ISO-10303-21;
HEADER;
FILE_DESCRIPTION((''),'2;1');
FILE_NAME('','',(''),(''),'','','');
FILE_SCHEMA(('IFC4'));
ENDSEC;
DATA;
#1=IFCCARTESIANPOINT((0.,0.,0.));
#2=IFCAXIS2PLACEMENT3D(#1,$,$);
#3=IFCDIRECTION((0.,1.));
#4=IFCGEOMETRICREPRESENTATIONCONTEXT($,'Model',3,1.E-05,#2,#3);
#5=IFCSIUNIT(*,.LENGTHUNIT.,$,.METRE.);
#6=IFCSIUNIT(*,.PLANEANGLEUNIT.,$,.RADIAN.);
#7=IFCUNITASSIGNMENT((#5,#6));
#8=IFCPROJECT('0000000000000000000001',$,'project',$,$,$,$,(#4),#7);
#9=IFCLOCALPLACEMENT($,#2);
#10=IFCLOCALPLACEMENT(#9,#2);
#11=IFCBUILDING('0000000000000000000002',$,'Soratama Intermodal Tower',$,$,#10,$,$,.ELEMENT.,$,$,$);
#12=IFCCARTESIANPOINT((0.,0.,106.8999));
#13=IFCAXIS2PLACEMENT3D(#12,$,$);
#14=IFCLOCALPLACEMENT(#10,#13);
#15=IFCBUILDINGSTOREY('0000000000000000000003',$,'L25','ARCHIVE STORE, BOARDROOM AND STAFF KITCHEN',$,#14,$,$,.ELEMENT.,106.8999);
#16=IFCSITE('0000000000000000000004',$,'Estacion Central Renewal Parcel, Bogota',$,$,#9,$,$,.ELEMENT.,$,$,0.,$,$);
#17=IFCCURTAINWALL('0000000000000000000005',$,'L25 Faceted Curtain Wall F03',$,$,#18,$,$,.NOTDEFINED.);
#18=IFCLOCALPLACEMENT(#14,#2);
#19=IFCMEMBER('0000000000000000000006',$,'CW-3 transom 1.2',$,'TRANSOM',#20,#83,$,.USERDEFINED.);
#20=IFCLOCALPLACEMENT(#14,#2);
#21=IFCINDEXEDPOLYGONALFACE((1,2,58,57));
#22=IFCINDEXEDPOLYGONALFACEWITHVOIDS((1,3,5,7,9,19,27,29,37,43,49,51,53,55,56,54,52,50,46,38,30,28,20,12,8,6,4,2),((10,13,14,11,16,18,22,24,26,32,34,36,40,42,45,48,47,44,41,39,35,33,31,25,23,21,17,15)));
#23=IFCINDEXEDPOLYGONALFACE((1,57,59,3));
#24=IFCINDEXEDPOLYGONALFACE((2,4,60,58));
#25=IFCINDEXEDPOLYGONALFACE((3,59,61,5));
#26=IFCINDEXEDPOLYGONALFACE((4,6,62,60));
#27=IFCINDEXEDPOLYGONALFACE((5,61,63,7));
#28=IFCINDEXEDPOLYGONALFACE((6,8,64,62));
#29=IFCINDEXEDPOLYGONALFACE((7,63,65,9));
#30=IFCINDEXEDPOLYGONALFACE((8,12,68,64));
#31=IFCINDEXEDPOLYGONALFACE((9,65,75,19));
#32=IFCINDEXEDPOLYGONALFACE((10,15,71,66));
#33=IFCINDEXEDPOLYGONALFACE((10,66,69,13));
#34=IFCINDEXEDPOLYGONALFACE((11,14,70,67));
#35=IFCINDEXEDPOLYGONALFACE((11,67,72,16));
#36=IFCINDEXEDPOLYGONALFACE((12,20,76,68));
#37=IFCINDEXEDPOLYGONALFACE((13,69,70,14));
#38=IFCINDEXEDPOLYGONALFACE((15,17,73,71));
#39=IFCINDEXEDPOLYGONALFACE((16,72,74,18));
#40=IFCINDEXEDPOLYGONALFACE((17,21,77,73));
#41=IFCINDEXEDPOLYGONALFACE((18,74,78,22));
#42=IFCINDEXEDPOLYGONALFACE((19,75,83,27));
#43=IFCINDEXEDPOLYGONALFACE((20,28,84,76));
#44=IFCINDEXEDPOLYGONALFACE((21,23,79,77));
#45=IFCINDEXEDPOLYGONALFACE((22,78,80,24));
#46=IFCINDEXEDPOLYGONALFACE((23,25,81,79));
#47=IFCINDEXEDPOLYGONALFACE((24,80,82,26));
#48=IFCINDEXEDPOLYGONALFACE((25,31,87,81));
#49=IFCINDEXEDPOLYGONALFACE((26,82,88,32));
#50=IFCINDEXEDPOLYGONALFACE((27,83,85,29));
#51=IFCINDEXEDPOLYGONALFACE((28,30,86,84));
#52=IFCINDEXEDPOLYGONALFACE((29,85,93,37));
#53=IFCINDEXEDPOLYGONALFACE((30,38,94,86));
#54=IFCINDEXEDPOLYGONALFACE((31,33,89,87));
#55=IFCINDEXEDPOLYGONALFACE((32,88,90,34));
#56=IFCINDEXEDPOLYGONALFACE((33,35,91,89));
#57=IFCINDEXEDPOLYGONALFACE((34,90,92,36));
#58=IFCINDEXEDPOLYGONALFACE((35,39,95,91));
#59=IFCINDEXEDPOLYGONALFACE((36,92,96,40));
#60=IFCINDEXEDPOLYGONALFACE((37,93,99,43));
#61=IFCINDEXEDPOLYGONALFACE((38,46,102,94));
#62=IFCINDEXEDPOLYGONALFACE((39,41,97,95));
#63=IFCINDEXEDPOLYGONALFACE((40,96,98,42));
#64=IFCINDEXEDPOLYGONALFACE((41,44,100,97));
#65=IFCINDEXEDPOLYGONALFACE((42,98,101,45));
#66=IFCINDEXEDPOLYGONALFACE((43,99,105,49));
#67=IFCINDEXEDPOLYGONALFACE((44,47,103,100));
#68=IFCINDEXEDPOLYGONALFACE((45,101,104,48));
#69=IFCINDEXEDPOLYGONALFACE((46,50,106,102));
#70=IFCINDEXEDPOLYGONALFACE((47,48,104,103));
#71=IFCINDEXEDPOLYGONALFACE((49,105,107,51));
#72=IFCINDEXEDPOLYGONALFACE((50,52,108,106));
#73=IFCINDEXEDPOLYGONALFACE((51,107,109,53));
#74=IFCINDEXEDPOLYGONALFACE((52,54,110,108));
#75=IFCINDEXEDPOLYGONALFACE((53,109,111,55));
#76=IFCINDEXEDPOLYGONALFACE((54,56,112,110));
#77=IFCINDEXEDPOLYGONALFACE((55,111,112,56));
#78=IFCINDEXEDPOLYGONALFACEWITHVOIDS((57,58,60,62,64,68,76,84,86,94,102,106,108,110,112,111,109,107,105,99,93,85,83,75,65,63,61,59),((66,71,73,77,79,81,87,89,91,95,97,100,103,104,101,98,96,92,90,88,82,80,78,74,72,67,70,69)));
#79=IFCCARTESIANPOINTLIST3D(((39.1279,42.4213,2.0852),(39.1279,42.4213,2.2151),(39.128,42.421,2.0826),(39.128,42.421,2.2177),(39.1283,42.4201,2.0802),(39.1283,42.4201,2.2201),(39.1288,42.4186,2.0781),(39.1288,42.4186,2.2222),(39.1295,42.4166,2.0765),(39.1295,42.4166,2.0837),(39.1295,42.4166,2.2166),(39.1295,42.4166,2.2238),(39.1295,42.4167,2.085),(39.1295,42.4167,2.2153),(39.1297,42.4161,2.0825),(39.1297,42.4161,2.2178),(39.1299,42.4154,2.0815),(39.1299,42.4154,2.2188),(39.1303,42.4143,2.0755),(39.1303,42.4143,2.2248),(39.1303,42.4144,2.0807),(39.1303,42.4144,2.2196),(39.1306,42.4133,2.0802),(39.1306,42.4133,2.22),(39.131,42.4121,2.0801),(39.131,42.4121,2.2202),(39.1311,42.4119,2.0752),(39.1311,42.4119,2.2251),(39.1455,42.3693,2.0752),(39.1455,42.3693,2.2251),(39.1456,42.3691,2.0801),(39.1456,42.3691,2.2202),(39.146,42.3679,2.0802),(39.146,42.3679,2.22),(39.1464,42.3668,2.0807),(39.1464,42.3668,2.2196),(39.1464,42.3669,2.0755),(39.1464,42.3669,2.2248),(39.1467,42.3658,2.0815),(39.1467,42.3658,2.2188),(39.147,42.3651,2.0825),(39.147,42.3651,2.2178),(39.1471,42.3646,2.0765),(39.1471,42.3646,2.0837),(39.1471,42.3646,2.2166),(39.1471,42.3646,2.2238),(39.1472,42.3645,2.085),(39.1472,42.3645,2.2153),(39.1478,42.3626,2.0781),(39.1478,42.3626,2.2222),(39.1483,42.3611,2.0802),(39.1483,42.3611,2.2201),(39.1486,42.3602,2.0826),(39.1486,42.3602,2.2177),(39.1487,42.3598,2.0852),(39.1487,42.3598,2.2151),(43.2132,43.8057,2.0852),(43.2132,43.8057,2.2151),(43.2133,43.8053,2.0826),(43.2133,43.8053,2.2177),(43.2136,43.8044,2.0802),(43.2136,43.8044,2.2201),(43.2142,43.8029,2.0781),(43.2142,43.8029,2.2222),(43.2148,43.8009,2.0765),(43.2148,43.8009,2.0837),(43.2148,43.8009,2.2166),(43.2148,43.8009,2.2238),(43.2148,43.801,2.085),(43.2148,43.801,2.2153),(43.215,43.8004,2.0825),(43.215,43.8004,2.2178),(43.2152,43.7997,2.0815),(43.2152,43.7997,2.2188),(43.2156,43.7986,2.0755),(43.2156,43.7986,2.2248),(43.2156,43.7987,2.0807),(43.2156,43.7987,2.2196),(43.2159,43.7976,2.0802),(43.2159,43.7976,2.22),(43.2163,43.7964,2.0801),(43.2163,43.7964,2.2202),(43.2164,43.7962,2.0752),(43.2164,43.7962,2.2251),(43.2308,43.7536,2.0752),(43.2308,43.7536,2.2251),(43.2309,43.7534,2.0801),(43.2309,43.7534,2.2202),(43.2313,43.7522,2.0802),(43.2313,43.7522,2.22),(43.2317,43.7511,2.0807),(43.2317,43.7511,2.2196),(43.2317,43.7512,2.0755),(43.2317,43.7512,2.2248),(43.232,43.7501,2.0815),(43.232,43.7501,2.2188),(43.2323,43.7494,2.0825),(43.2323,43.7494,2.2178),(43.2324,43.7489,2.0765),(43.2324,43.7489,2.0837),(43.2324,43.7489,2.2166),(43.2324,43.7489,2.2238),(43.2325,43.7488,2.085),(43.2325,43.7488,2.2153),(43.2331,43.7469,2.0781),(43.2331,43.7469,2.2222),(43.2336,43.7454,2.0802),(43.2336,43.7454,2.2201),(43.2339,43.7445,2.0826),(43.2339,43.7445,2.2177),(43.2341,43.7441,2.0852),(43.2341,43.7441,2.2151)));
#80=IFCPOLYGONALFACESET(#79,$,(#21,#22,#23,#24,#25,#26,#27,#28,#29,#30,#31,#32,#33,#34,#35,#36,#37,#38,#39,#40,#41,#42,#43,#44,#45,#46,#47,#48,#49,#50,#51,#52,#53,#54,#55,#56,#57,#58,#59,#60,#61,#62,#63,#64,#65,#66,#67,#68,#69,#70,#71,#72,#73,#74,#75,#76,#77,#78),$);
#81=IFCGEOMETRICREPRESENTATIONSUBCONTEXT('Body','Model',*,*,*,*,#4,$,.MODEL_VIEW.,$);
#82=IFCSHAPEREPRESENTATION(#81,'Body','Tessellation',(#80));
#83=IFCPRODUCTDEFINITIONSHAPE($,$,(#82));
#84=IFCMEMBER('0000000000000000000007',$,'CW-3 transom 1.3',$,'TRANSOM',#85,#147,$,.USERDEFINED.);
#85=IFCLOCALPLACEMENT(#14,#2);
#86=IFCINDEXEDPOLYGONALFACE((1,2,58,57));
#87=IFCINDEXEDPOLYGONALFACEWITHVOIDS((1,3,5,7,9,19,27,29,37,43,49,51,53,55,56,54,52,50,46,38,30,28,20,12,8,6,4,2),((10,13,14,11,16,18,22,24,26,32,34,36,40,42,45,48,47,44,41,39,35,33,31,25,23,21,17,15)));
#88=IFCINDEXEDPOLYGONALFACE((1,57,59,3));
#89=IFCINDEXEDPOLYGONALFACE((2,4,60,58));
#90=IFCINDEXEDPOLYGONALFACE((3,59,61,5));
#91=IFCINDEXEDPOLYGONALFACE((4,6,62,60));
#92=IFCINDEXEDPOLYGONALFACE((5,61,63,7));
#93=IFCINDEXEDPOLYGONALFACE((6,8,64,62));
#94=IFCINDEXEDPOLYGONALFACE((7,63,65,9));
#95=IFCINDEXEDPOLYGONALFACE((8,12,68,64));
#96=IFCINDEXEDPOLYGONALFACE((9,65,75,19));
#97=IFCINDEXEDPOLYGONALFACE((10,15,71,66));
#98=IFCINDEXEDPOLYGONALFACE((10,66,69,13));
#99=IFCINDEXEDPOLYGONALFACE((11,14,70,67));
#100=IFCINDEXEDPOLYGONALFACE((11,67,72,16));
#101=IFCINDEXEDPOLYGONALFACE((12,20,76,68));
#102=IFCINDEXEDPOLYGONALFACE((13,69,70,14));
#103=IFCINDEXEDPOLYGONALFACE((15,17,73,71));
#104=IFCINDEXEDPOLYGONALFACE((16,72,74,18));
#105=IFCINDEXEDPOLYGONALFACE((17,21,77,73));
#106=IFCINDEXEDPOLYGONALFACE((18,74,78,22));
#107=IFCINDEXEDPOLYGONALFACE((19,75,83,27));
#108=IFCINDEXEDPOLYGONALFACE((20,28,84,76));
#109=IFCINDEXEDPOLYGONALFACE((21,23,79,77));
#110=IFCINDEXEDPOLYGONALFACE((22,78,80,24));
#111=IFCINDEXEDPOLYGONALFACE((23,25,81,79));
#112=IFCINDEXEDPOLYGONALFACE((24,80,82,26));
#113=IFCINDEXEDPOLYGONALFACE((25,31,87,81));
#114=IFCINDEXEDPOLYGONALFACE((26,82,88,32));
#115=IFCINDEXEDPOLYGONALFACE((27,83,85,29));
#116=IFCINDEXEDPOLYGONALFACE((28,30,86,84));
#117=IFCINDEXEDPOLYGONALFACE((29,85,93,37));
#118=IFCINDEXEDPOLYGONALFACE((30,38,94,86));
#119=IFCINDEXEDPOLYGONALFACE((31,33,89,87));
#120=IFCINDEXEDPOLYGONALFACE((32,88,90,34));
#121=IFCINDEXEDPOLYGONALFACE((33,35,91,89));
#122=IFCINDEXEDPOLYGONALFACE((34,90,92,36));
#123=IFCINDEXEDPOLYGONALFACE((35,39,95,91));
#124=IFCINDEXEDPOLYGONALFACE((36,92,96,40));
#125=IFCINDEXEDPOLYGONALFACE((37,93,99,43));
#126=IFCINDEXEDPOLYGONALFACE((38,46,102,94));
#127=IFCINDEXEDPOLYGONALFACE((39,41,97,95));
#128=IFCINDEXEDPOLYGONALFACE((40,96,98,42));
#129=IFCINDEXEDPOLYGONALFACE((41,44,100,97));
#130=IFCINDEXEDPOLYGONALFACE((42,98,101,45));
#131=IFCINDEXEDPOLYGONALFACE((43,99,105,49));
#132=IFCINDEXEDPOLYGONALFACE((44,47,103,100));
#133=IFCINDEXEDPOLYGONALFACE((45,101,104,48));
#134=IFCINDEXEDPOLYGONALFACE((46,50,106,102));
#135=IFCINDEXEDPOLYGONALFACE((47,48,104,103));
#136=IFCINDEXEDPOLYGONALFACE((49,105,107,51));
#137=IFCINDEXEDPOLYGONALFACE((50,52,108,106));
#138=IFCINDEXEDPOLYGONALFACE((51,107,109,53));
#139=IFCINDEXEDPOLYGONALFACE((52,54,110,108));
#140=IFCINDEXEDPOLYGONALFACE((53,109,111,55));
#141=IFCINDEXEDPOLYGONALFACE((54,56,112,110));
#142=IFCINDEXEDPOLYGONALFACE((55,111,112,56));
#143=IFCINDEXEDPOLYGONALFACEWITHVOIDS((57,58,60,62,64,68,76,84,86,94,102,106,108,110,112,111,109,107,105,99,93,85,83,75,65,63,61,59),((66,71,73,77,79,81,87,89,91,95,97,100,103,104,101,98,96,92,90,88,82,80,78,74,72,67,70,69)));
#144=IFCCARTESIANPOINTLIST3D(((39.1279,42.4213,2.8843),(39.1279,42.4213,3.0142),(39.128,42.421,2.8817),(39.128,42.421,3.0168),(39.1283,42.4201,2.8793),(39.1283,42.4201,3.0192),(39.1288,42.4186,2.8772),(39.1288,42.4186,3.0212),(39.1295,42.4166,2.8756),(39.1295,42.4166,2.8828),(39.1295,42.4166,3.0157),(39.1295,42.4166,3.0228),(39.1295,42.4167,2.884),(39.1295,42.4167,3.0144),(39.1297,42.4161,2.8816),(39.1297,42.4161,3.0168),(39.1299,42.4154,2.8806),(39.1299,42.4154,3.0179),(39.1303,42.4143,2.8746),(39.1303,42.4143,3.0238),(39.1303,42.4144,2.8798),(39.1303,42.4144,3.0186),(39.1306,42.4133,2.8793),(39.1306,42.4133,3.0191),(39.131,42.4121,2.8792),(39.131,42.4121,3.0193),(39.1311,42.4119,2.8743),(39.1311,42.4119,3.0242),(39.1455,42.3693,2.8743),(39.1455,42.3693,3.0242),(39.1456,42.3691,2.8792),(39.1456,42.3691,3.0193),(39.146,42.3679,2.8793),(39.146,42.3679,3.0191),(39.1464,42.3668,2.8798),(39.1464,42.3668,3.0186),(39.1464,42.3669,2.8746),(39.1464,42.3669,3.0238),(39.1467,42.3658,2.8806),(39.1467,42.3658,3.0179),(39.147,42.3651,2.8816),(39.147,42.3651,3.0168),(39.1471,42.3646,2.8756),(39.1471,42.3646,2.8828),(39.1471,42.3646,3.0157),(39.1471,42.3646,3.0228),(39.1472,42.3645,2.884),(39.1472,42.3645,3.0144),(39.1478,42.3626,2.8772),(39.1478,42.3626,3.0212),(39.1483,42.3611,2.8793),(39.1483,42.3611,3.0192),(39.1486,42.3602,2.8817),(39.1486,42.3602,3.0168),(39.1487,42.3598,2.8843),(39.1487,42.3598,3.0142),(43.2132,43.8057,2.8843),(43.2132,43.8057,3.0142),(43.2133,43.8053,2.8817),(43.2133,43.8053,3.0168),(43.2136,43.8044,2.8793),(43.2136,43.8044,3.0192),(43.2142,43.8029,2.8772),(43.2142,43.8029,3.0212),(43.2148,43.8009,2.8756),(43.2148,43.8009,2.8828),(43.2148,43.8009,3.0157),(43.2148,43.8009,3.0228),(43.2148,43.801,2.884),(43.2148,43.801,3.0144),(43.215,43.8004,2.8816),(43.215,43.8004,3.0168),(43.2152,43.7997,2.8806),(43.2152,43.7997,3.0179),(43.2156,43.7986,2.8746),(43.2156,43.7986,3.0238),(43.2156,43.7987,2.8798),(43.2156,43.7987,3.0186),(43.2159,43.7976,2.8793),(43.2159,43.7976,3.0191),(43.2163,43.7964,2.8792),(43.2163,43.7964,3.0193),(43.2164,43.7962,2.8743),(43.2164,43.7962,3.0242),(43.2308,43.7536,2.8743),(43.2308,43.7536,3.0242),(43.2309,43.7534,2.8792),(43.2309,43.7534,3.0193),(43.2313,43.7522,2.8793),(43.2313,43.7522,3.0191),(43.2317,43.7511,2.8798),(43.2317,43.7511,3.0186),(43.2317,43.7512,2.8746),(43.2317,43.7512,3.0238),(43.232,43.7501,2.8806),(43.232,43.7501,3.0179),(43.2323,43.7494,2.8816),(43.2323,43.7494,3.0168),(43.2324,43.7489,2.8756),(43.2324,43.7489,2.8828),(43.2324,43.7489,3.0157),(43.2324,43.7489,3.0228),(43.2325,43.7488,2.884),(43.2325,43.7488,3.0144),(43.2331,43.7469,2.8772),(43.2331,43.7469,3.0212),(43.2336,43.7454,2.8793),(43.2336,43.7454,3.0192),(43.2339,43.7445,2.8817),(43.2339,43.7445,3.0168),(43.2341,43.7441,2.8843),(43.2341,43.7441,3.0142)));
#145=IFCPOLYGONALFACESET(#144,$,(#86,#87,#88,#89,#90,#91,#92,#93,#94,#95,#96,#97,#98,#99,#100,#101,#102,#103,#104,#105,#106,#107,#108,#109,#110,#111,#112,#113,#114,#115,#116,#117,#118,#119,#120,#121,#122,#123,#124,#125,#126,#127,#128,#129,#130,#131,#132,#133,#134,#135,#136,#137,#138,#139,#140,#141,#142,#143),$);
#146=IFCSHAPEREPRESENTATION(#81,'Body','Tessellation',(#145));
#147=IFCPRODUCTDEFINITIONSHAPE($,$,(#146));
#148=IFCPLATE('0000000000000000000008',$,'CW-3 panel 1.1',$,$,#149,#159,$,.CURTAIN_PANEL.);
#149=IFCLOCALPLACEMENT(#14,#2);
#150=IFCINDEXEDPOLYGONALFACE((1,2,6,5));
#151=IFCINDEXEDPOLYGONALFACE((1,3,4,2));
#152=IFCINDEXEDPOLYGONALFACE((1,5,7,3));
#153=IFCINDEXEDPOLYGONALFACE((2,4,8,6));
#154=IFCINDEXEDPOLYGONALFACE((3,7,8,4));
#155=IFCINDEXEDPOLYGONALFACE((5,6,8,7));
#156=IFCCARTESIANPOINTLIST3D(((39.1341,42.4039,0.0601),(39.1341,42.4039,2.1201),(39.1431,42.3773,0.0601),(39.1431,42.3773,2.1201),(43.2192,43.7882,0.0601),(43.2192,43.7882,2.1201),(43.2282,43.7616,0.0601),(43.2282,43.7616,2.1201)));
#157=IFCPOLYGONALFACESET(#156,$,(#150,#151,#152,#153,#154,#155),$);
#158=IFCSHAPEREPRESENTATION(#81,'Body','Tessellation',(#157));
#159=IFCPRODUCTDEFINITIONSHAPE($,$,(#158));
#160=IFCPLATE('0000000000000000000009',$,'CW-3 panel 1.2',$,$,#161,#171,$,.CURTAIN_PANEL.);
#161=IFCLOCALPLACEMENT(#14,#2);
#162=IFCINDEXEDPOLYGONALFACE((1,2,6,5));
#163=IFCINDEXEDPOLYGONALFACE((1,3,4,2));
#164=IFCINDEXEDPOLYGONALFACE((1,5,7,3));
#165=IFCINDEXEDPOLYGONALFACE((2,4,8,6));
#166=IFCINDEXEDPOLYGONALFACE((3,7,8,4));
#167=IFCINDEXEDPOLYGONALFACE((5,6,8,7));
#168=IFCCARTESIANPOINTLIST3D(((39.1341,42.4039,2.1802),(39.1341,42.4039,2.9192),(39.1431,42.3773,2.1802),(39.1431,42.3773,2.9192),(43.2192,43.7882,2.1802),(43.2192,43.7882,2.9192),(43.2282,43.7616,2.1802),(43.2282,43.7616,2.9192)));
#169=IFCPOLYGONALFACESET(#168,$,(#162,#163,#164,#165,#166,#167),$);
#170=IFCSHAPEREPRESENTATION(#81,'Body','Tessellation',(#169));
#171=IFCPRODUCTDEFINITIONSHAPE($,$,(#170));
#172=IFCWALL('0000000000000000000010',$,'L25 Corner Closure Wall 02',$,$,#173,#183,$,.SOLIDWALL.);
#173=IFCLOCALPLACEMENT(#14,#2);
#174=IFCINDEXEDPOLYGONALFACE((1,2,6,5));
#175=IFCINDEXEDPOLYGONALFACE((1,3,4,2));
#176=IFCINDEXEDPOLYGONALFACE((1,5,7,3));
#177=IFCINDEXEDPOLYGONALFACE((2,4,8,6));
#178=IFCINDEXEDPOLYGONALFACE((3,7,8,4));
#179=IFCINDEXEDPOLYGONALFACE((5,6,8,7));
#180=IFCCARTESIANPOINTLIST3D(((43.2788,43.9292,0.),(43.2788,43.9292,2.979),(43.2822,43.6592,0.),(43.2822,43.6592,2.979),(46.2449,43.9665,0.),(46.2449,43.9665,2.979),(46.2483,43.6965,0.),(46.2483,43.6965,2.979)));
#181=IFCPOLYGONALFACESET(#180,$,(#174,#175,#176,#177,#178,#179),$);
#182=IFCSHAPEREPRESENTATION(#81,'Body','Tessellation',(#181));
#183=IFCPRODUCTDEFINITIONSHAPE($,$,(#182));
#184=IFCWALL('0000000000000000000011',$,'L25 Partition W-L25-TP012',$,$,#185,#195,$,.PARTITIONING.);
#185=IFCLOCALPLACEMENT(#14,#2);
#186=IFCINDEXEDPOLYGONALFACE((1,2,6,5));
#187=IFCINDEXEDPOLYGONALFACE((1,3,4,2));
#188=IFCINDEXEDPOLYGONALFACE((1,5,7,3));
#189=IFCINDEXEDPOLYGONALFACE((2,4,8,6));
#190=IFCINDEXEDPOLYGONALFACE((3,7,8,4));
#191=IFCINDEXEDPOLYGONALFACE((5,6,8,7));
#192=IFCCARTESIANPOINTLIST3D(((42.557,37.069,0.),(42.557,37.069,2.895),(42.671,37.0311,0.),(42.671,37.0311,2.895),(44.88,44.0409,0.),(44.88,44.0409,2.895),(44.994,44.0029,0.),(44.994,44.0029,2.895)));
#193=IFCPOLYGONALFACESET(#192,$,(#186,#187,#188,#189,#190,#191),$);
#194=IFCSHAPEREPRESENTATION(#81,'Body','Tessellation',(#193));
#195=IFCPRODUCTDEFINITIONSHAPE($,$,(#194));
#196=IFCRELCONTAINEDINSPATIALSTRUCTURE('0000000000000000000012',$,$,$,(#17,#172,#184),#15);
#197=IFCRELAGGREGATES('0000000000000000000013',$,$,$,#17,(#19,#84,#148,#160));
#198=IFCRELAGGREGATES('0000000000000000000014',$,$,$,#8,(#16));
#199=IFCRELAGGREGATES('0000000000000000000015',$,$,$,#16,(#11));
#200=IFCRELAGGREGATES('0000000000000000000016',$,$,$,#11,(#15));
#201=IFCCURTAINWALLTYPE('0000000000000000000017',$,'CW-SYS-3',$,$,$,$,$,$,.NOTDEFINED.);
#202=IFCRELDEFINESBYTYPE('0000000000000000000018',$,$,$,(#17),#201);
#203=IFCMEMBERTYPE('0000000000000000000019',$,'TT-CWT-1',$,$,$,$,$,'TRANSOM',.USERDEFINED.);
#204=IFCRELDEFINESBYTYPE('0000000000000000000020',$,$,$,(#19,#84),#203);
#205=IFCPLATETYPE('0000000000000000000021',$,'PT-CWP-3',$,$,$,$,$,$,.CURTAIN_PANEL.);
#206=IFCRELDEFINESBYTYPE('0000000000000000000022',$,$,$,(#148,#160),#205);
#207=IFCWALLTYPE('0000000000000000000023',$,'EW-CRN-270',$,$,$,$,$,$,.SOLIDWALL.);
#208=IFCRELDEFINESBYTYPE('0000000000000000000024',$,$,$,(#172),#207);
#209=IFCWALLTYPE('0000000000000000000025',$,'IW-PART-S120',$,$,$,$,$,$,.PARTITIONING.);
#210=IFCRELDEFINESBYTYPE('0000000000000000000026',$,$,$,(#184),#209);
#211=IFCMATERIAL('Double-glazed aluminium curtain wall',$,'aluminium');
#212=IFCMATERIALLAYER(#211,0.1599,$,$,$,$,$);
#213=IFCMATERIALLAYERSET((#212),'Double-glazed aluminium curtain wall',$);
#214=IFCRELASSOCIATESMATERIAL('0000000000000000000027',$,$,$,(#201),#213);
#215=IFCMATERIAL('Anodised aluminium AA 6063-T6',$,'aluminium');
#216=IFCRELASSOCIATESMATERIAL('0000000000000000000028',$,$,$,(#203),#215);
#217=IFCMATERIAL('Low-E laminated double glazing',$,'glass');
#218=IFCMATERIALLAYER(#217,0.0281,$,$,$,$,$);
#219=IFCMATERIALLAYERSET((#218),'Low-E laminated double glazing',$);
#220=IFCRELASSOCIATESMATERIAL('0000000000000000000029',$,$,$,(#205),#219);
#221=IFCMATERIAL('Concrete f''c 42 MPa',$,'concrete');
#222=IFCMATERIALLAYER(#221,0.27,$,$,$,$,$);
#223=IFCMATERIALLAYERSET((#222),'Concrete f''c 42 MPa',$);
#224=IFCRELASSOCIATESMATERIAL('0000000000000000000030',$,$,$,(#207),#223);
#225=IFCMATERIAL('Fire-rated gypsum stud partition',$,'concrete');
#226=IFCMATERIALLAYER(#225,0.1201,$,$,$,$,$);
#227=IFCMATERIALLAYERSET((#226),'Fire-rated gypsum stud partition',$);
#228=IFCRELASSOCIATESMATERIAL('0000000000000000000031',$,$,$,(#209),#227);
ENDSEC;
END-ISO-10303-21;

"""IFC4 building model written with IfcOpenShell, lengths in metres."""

from ifc_helpers import new_model, si_unit, direction, frame, frame_2d, origin, origin_2d, place, context, subcontext, project, spatial, rectangle, hollow_rectangle, extrude, material, layer, layer_set, material_profile, profile_set, type_object, element, aggregate, save


model = new_model("IFC4")

# Units and contexts
model_context = context("Model", 3, precision=1e-05, world=origin(), true_north=direction((0.0, 1.0)))
body_context = subcontext(model_context, "Body", "Model", "MODEL_VIEW")
ifc_project = project(units=[si_unit("LENGTHUNIT", "METRE"), si_unit("PLANEANGLEUNIT", "RADIAN")], contexts=[model_context])

# Site, building, storey
site_placement = place(None, origin())
site = spatial("IfcSite", under=ifc_project, at=site_placement, Name="Estacion Central Renewal Parcel, Bogota", CompositionType="ELEMENT", RefElevation=0.0)
building_placement = place(site_placement, origin())
building = spatial("IfcBuilding", under=site, at=building_placement, Name="Soratama Intermodal Tower", CompositionType="ELEMENT")
storey_placement = place(building_placement, frame((0.0, 0.0, 106.8999)))
storey = spatial("IfcBuildingStorey", under=building, at=storey_placement, Name="L25", Description="ARCHIVE STORE, BOARDROOM AND STAFF KITCHEN", CompositionType="ELEMENT", Elevation=106.8999)

# Curtain wall, members, plates
ifc_material_1 = material(Name="Double-glazed aluminium curtain wall", Category="aluminium")
ifc_layer_1 = layer(ifc_material_1, 0.1599)
ifc_layer_set_1 = layer_set([ifc_layer_1], Name="Double-glazed aluminium curtain wall")
curtain_wall_type = type_object("IfcCurtainWallType", Name="CW-SYS-3", PredefinedType="NOTDEFINED", material=ifc_layer_set_1)
curtain_wall_placement = place(storey_placement, origin())
curtain_wall = element("IfcCurtainWall", 1, at=curtain_wall_placement, inside=storey, type_object=curtain_wall_type, Name="L25 Faceted Curtain Wall F03", PredefinedType="NOTDEFINED")
ifc_material_2 = material(Name="Anodised aluminium AA 6063-T6", Category="aluminium")
ifc_material_profile_1 = material_profile(ifc_material_2, hollow_rectangle(XDim=0.0649, YDim=0.1499, WallThickness=0.0049, InnerFilletRadius=0.0049, OuterFilletRadius=0.01, at=origin_2d()), Name="CWT150X65X5")
ifc_profile_set_1 = profile_set([ifc_material_profile_1], Name="Anodised aluminium AA 6063-T6")
member_type_1 = type_object("IfcMemberType", Name="TT-CWT-1", ElementType="TRANSOM", PredefinedType="USERDEFINED", material=ifc_profile_set_1)
member_1_placement = place(storey_placement, frame((43.2236, 43.7749, 2.1501), z_axis=(-0.947104, -0.320927, 0.0), x_axis=(0.320927, -0.947104, 0.0)))
member_1 = element("IfcMember", 2, at=member_1_placement, type_object=member_type_1, Name="CW-3 transom 1.2", ObjectType="TRANSOM", PredefinedType="USERDEFINED", context=body_context, shape_type="SweptSolid", body=[
    extrude(hollow_rectangle(XDim=0.0649, YDim=0.1499, WallThickness=0.0049, InnerFilletRadius=0.0049, OuterFilletRadius=0.01, at=origin_2d()), origin(), (0.0, 0.0, 1.0), 4.3135),
])
member_2_placement = place(storey_placement, frame((43.2236, 43.7749, 2.9492), z_axis=(-0.947104, -0.320927, 0.0), x_axis=(0.320927, -0.947104, 0.0)))
member_2 = element("IfcMember", 3, at=member_2_placement, type_object=member_type_1, Name="CW-3 transom 1.3", ObjectType="TRANSOM", PredefinedType="USERDEFINED", context=body_context, shape_type="SweptSolid", body=[
    extrude(hollow_rectangle(XDim=0.0649, YDim=0.1499, WallThickness=0.0049, InnerFilletRadius=0.0049, OuterFilletRadius=0.01, at=origin_2d()), origin(), (0.0, 0.0, 1.0), 4.3135),
])
ifc_material_3 = material(Name="Low-E laminated double glazing", Category="glass")
ifc_layer_2 = layer(ifc_material_3, 0.0281)
ifc_layer_set_2 = layer_set([ifc_layer_2], Name="Low-E laminated double glazing")
plate_type = type_object("IfcPlateType", Name="PT-CWP-3", PredefinedType="CURTAIN_PANEL", material=ifc_layer_set_2)
plate_1_placement = place(storey_placement, frame((41.1812, 43.0828, 0.0601), z_axis=(0.0, 0.0, 1.0), x_axis=(-0.947098, -0.320945, 0.0)))
plate_1 = element("IfcPlate", 4, at=plate_1_placement, type_object=plate_type, Name="CW-3 panel 1.1", PredefinedType="CURTAIN_PANEL", context=body_context, shape_type="SweptSolid", body=[
    extrude(rectangle(XDim=4.3132, YDim=0.0281, at=origin_2d()), origin(), (0.0, 0.0, 1.0), 2.0601),
])
plate_2_placement = place(storey_placement, frame((41.1812, 43.0828, 2.1802), z_axis=(0.0, 0.0, 1.0), x_axis=(-0.947098, -0.320945, 0.0)))
plate_2 = element("IfcPlate", 5, at=plate_2_placement, type_object=plate_type, Name="CW-3 panel 1.2", PredefinedType="CURTAIN_PANEL", context=body_context, shape_type="SweptSolid", body=[
    extrude(rectangle(XDim=4.3132, YDim=0.0281, at=origin_2d()), origin(), (0.0, 0.0, 1.0), 0.739),
])
aggregate(curtain_wall, [member_1, member_2, plate_1, plate_2])

# Wall
ifc_material_4 = material(Name="Concrete f'c 42 MPa", Category="concrete")
ifc_layer_3 = layer(ifc_material_4, 0.27)
ifc_layer_set_3 = layer_set([ifc_layer_3], Name="Concrete f'c 42 MPa")
wall_type_1 = type_object("IfcWallType", Name="EW-CRN-270", PredefinedType="SOLIDWALL", material=ifc_layer_set_3)
wall_1_placement = place(storey_placement, frame((46.2466, 43.8315, 0.0), z_axis=(0.0, 0.0, 1.0), x_axis=(-0.999921, -0.012593, 0.0)))
element("IfcWall", 6, at=wall_1_placement, inside=storey, type_object=wall_type_1, Name="L25 Corner Closure Wall 02", PredefinedType="SOLIDWALL", context=body_context, shape_type="SweptSolid", body=[
    extrude(rectangle(XDim=2.9663, YDim=0.27, at=frame_2d((1.4832, 0.0))), origin(), (0.0, 0.0, 1.0), 2.979),
])

# Wall
ifc_material_5 = material(Name="Fire-rated gypsum stud partition", Category="concrete")
ifc_layer_4 = layer(ifc_material_5, 0.1201)
ifc_layer_set_4 = layer_set([ifc_layer_4], Name="Fire-rated gypsum stud partition")
wall_type_2 = type_object("IfcWallType", Name="IW-PART-S120", PredefinedType="PARTITIONING", material=ifc_layer_set_4)
wall_2_placement = place(storey_placement, frame((42.614, 37.05, 0.0), z_axis=(0.0, 0.0, 1.0), x_axis=(0.316108, 0.948723, 0.0)))
element("IfcWall", 7, at=wall_2_placement, inside=storey, type_object=wall_type_2, Name="L25 Partition W-L25-TP012", PredefinedType="PARTITIONING", context=body_context, shape_type="SweptSolid", body=[
    extrude(rectangle(XDim=7.3486, YDim=0.1201, at=frame_2d((3.6743, 0.0))), origin(), (0.0, 0.0, 1.0), 2.895),
])

save(model, "model.ifc")
